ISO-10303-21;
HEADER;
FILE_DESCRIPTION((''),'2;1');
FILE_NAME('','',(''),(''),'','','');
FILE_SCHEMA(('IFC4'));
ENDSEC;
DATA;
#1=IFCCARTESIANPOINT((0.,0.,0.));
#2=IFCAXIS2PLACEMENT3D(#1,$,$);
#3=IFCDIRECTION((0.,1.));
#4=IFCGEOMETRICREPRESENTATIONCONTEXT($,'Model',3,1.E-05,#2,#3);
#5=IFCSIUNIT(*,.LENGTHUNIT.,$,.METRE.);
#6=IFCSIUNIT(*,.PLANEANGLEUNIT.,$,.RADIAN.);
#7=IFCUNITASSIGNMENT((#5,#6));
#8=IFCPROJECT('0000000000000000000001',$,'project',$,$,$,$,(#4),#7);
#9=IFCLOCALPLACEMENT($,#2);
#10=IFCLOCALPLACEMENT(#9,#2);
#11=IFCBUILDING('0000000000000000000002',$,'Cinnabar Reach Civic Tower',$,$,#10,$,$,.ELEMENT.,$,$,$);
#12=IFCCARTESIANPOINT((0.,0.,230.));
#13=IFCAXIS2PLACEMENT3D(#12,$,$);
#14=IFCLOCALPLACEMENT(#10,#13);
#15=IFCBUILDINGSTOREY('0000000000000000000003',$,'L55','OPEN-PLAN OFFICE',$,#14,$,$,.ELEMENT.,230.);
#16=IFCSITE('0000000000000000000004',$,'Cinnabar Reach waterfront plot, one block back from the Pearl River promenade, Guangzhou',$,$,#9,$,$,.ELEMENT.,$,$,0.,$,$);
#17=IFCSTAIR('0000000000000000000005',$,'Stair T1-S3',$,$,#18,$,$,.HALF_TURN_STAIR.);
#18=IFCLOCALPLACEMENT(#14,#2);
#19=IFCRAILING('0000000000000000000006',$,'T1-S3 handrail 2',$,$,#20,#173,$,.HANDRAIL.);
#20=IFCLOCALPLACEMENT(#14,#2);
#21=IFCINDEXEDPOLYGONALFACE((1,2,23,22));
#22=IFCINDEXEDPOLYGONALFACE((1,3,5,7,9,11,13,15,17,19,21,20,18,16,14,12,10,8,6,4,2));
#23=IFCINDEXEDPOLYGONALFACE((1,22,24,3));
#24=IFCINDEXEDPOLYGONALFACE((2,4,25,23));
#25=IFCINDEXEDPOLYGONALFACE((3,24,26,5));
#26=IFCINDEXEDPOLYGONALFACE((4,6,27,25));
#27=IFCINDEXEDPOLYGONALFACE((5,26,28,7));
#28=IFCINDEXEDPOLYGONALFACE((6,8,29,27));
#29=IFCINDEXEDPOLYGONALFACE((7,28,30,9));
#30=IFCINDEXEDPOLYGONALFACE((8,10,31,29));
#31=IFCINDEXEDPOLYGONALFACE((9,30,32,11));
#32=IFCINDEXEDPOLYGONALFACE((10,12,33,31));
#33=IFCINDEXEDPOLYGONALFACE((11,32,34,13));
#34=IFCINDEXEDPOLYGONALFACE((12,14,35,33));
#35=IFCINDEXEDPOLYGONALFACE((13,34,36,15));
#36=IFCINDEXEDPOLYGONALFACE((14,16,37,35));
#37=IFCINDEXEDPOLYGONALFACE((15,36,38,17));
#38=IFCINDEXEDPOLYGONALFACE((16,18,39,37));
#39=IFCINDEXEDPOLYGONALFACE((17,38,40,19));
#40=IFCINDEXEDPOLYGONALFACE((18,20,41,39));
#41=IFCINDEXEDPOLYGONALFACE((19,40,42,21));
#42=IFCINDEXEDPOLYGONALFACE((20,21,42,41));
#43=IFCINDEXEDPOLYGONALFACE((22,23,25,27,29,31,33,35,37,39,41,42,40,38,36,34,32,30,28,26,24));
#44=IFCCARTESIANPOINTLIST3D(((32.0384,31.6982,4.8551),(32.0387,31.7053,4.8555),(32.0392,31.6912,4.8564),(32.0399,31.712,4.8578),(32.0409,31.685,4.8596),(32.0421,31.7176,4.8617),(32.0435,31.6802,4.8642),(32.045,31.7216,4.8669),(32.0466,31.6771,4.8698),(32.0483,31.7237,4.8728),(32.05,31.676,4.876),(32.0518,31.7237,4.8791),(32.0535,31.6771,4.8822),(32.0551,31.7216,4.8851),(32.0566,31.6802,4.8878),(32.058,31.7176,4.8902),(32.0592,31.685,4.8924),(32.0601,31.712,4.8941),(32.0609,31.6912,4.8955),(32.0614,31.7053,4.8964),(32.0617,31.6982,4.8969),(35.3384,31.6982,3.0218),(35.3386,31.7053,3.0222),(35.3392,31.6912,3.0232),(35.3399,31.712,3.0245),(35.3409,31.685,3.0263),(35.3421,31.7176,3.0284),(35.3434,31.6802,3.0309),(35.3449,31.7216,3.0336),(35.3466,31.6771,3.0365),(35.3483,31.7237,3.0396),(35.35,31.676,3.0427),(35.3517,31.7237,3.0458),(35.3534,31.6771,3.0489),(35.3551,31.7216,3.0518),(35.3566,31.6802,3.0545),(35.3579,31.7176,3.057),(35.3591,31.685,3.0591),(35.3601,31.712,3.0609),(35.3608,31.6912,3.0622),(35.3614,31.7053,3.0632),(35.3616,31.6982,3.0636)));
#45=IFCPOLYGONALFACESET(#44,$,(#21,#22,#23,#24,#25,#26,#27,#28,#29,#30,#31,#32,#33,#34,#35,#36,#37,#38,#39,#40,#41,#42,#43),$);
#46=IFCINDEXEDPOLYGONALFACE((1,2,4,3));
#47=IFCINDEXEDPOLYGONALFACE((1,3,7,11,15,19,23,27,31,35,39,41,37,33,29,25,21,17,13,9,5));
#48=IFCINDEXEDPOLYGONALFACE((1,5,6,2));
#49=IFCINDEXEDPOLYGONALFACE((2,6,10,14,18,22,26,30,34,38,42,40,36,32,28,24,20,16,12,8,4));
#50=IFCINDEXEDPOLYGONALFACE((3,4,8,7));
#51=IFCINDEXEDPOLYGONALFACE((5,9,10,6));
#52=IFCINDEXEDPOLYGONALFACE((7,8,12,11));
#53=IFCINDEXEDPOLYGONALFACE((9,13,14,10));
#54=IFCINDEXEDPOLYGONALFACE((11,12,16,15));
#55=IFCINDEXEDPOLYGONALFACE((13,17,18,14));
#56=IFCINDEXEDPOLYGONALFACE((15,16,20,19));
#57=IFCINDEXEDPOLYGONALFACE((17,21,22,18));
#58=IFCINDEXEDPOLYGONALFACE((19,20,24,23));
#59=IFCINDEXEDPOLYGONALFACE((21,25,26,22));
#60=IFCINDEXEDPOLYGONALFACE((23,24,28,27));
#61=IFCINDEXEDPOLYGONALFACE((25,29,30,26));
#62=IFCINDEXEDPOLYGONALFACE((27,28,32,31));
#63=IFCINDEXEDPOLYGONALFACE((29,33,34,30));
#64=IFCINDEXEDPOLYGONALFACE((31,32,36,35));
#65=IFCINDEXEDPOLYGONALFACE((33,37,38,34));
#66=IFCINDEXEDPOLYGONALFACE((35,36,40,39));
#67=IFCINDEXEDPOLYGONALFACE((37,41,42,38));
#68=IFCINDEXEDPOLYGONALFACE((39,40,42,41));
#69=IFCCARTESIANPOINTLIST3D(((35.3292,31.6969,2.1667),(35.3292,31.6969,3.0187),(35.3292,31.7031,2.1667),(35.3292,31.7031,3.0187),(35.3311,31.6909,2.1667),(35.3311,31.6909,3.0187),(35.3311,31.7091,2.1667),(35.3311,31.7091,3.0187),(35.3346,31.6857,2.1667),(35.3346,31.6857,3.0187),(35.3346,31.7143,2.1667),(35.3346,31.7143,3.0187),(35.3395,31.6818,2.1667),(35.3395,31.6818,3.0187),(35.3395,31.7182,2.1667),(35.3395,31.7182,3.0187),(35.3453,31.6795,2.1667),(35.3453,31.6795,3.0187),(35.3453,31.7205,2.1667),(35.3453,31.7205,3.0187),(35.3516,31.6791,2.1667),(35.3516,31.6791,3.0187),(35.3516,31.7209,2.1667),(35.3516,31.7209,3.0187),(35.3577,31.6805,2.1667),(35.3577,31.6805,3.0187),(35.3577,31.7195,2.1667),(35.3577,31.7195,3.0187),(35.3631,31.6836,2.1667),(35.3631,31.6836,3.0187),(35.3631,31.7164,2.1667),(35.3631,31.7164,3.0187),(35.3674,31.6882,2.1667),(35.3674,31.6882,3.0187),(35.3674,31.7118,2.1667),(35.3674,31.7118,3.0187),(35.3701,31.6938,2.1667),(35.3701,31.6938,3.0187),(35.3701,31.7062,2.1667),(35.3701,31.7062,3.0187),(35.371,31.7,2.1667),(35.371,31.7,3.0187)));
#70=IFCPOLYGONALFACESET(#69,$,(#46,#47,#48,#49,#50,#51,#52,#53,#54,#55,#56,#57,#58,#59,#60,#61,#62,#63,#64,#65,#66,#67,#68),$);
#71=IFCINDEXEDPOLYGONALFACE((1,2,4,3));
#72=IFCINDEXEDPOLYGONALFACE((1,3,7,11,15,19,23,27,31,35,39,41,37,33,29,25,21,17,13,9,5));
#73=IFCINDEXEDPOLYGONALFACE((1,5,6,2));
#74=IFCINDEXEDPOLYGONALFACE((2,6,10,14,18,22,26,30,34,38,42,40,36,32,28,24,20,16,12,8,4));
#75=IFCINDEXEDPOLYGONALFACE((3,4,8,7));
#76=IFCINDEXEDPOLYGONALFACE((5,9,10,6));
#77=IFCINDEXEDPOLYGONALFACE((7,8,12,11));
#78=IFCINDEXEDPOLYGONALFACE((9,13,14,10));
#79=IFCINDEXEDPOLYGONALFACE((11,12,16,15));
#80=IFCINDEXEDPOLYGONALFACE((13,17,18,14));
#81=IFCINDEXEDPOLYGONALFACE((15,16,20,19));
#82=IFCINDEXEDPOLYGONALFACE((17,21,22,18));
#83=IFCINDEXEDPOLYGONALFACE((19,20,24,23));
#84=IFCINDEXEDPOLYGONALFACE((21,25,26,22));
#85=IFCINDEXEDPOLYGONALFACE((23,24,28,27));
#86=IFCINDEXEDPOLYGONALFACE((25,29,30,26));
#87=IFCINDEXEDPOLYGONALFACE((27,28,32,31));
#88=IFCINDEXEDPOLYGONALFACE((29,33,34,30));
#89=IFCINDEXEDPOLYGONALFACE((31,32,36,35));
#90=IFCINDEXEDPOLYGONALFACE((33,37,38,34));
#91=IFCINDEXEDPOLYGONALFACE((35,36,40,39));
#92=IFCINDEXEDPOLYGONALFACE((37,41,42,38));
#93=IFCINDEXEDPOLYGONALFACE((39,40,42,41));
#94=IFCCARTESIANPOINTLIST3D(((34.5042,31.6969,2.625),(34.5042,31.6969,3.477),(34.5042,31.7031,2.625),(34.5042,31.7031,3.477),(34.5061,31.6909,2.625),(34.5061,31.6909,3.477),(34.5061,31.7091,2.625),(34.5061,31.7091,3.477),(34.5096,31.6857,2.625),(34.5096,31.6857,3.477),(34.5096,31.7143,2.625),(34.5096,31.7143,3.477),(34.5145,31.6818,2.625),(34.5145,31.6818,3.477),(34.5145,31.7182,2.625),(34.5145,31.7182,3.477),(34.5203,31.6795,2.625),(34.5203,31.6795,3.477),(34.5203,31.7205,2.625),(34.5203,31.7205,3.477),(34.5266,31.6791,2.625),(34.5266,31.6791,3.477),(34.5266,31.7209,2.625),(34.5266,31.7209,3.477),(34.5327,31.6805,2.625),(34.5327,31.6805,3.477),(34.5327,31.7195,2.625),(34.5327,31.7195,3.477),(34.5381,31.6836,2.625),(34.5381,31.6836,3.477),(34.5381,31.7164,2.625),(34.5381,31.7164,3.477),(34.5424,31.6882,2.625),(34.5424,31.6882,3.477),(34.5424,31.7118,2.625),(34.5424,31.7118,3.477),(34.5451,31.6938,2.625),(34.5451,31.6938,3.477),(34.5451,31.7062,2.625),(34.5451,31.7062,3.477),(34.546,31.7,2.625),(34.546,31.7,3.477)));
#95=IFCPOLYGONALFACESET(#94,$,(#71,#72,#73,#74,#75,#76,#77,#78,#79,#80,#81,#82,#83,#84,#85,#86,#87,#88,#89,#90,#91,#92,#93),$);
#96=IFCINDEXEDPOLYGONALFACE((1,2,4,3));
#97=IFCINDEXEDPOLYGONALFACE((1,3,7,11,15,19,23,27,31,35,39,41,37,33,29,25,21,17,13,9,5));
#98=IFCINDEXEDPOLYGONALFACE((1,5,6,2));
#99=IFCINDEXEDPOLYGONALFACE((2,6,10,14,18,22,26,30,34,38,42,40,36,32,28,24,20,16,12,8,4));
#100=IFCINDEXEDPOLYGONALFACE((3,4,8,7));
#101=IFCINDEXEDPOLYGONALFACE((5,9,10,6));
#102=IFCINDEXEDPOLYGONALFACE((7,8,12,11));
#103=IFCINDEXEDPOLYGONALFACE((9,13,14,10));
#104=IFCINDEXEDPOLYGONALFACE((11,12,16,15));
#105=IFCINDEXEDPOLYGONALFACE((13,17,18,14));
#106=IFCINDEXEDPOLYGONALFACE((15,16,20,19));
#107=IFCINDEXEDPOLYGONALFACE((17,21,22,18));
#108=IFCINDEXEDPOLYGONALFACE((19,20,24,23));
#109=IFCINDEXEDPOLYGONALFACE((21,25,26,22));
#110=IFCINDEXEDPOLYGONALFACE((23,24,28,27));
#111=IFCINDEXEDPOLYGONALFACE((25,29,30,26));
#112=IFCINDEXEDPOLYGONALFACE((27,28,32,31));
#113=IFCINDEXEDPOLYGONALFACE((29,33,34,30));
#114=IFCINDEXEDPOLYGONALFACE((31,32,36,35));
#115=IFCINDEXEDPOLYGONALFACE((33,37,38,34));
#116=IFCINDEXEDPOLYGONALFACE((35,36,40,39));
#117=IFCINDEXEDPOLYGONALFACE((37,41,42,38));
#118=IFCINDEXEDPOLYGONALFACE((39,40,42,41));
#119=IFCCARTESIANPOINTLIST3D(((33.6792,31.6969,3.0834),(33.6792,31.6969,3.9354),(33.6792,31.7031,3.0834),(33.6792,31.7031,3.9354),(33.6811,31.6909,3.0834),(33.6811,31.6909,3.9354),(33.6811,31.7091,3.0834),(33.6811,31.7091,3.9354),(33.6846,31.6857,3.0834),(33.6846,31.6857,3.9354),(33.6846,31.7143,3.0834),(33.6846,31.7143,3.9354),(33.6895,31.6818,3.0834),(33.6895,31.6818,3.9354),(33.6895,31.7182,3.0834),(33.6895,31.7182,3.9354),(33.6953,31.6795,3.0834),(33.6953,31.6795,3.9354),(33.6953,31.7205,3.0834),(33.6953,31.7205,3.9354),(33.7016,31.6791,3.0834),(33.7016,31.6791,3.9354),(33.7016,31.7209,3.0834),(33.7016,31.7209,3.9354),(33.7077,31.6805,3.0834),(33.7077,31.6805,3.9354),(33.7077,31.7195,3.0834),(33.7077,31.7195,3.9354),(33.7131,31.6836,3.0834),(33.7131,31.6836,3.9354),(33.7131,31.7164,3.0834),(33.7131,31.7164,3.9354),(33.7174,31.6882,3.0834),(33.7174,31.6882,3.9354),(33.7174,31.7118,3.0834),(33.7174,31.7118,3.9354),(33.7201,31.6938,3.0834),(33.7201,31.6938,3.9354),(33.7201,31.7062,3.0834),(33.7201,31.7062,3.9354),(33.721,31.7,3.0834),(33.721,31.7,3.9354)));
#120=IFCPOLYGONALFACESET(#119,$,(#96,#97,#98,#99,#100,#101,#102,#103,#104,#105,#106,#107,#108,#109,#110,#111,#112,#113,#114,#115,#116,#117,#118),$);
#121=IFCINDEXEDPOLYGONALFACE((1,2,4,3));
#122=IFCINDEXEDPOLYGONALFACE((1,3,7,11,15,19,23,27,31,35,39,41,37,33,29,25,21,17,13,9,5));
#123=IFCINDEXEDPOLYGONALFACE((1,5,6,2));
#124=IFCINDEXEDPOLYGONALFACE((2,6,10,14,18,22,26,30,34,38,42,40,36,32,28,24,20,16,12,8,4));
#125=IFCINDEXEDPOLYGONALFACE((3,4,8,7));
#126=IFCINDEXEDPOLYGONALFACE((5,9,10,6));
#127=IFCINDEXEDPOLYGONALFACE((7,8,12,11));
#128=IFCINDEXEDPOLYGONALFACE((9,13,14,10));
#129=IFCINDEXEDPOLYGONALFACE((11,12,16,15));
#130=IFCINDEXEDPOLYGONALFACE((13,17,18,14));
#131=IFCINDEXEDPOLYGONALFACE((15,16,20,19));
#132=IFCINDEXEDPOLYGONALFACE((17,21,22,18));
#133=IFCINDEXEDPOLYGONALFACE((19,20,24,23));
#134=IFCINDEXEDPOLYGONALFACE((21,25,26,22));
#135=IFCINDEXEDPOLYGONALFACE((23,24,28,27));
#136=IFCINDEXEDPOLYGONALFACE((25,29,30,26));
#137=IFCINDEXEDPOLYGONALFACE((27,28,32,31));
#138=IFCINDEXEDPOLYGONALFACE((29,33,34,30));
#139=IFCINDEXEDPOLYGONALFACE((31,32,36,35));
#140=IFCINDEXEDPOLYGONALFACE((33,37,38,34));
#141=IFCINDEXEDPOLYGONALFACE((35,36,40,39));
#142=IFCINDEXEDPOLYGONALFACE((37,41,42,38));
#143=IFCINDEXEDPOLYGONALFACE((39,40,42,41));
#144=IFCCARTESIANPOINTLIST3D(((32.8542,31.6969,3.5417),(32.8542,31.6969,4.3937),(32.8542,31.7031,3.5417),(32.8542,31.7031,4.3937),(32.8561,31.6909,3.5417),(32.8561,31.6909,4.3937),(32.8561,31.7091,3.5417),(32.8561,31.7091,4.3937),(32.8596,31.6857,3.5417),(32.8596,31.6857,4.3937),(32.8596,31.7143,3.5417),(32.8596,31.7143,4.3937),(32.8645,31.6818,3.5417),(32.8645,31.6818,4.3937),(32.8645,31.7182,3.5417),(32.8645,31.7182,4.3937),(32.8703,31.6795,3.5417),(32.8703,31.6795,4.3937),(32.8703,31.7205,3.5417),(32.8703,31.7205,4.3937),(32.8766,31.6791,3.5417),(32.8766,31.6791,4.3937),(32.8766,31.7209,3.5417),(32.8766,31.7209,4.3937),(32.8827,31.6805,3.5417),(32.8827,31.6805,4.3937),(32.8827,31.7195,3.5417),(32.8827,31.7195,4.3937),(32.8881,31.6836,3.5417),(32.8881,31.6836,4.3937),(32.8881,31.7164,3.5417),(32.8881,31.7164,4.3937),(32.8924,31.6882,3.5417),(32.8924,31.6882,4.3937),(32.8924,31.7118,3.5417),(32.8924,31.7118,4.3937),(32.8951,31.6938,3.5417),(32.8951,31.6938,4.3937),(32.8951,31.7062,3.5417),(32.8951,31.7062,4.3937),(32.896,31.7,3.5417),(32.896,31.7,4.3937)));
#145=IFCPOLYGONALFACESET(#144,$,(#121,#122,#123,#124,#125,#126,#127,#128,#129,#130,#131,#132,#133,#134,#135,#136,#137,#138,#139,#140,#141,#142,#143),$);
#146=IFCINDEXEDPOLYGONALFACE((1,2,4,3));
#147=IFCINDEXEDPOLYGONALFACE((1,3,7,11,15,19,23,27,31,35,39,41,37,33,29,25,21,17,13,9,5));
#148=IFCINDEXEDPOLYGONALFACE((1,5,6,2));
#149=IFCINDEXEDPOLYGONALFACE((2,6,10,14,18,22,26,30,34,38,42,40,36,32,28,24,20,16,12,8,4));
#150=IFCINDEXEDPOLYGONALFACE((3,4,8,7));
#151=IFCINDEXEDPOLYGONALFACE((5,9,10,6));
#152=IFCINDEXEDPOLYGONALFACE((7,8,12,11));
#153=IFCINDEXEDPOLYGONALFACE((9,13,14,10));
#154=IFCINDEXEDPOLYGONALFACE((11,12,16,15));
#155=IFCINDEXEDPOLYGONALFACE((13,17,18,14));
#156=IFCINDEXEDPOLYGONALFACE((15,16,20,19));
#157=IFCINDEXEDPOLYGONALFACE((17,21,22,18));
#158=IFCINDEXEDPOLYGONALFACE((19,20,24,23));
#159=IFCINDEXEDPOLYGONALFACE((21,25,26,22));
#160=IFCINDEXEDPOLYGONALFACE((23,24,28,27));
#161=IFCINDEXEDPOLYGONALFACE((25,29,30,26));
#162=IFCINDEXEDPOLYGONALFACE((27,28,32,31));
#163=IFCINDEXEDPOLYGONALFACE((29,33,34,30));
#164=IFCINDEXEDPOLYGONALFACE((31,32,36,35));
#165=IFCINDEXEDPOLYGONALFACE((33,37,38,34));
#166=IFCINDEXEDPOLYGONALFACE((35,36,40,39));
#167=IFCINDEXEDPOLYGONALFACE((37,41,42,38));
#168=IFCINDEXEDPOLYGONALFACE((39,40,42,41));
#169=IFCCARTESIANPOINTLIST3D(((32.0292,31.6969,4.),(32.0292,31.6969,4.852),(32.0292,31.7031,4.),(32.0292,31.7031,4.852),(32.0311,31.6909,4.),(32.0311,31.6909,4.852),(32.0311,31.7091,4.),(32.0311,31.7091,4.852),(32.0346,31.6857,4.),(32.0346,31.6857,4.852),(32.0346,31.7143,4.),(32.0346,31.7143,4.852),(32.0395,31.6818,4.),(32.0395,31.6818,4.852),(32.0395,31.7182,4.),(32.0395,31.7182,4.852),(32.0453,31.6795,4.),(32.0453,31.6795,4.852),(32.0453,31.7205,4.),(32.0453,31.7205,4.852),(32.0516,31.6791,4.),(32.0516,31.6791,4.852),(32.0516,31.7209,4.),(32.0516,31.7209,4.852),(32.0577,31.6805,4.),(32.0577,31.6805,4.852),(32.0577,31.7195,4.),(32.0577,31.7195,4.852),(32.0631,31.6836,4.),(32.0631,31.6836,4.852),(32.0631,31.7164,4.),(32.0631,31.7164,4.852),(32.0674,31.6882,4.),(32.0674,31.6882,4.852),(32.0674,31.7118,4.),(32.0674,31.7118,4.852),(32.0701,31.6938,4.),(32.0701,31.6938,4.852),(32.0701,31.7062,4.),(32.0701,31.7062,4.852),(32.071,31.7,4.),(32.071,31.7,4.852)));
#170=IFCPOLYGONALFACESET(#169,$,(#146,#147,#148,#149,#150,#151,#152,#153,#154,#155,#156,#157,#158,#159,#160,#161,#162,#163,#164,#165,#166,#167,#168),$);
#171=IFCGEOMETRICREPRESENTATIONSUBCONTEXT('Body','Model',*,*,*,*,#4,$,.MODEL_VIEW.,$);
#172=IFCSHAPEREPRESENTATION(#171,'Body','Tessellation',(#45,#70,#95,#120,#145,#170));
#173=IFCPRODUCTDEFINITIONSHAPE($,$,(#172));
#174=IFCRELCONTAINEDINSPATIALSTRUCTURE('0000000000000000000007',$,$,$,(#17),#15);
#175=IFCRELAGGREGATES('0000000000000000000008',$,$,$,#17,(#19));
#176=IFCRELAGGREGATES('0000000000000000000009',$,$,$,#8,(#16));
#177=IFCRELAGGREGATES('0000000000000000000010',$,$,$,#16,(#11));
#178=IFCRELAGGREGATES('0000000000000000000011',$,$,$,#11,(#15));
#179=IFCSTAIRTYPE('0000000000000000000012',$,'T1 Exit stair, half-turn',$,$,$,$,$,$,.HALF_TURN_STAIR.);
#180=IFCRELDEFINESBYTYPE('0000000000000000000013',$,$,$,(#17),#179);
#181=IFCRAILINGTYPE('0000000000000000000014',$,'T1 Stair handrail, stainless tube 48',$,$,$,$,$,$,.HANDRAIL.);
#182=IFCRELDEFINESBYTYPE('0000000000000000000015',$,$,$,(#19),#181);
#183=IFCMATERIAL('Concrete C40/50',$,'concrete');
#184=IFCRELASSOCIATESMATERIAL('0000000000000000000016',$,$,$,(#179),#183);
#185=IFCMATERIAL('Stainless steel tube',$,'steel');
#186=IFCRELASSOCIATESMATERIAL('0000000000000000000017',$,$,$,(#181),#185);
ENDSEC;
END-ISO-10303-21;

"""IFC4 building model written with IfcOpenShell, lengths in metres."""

from ifc_helpers import new_model, si_unit, direction, frame, origin, origin_2d, place, context, subcontext, project, spatial, circle, extrude, material, type_object, element, aggregate, save


model = new_model("IFC4")

# Units and contexts
model_context = context("Model", 3, precision=1e-05, world=origin(), true_north=direction((0.0, 1.0)))
body_context = subcontext(model_context, "Body", "Model", "MODEL_VIEW")
ifc_project = project(units=[si_unit("LENGTHUNIT", "METRE"), si_unit("PLANEANGLEUNIT", "RADIAN")], contexts=[model_context])

# Site, building, storey
site_placement = place(None, origin())
site = spatial("IfcSite", under=ifc_project, at=site_placement, Name="Cinnabar Reach waterfront plot, one block back from the Pearl River promenade, Guangzhou", CompositionType="ELEMENT", RefElevation=0.0)
building_placement = place(site_placement, origin())
building = spatial("IfcBuilding", under=site, at=building_placement, Name="Cinnabar Reach Civic Tower", CompositionType="ELEMENT")
storey_placement = place(building_placement, frame((0.0, 0.0, 230.0)))
storey = spatial("IfcBuildingStorey", under=building, at=storey_placement, Name="L55", Description="OPEN-PLAN OFFICE", CompositionType="ELEMENT", Elevation=230.0)

# Stair, railing
ifc_material_1 = material(Name="Concrete C40/50", Category="concrete")
stair_type = type_object("IfcStairType", Name="T1 Exit stair, half-turn", PredefinedType="HALF_TURN_STAIR", material=ifc_material_1)
stair_placement = place(storey_placement, origin())
stair = element("IfcStair", 1, at=stair_placement, inside=storey, type_object=stair_type, Name="Stair T1-S3", PredefinedType="HALF_TURN_STAIR")
ifc_material_2 = material(Name="Stainless steel tube", Category="steel")
railing_type = type_object("IfcRailingType", Name="T1 Stair handrail, stainless tube 48", PredefinedType="HANDRAIL", material=ifc_material_2)
railing_1_placement = place(storey_placement, frame((35.35, 31.7, 2.1667)))
railing_1 = element("IfcRailing", 2, at=railing_1_placement, type_object=railing_type, Name="T1-S3 handrail 2", PredefinedType="HANDRAIL", context=body_context, shape_type="SweptSolid", body=[
    extrude(circle(Radius=0.024, at=origin_2d()), frame((0.0, 0.0, 0.876), z_axis=(-0.874161, 0.0, 0.485636), x_axis=(0.0, -1.0, 0.0)), (0.0, 0.0, 1.0), 3.775),
    extrude(circle(Radius=0.021, at=origin_2d()), origin(), (0.0, 0.0, 1.0), 0.852),
    extrude(circle(Radius=0.021, at=origin_2d()), frame((-0.825, 0.0, 0.4583)), (0.0, 0.0, 1.0), 0.852),
    extrude(circle(Radius=0.021, at=origin_2d()), frame((-1.65, 0.0, 0.9167)), (0.0, 0.0, 1.0), 0.852),
    extrude(circle(Radius=0.021, at=origin_2d()), frame((-2.475, 0.0, 1.375)), (0.0, 0.0, 1.0), 0.852),
    extrude(circle(Radius=0.021, at=origin_2d()), frame((-3.3, 0.0, 1.8333)), (0.0, 0.0, 1.0), 0.852),
])
aggregate(stair, [railing_1])

save(model, "model.ifc")
